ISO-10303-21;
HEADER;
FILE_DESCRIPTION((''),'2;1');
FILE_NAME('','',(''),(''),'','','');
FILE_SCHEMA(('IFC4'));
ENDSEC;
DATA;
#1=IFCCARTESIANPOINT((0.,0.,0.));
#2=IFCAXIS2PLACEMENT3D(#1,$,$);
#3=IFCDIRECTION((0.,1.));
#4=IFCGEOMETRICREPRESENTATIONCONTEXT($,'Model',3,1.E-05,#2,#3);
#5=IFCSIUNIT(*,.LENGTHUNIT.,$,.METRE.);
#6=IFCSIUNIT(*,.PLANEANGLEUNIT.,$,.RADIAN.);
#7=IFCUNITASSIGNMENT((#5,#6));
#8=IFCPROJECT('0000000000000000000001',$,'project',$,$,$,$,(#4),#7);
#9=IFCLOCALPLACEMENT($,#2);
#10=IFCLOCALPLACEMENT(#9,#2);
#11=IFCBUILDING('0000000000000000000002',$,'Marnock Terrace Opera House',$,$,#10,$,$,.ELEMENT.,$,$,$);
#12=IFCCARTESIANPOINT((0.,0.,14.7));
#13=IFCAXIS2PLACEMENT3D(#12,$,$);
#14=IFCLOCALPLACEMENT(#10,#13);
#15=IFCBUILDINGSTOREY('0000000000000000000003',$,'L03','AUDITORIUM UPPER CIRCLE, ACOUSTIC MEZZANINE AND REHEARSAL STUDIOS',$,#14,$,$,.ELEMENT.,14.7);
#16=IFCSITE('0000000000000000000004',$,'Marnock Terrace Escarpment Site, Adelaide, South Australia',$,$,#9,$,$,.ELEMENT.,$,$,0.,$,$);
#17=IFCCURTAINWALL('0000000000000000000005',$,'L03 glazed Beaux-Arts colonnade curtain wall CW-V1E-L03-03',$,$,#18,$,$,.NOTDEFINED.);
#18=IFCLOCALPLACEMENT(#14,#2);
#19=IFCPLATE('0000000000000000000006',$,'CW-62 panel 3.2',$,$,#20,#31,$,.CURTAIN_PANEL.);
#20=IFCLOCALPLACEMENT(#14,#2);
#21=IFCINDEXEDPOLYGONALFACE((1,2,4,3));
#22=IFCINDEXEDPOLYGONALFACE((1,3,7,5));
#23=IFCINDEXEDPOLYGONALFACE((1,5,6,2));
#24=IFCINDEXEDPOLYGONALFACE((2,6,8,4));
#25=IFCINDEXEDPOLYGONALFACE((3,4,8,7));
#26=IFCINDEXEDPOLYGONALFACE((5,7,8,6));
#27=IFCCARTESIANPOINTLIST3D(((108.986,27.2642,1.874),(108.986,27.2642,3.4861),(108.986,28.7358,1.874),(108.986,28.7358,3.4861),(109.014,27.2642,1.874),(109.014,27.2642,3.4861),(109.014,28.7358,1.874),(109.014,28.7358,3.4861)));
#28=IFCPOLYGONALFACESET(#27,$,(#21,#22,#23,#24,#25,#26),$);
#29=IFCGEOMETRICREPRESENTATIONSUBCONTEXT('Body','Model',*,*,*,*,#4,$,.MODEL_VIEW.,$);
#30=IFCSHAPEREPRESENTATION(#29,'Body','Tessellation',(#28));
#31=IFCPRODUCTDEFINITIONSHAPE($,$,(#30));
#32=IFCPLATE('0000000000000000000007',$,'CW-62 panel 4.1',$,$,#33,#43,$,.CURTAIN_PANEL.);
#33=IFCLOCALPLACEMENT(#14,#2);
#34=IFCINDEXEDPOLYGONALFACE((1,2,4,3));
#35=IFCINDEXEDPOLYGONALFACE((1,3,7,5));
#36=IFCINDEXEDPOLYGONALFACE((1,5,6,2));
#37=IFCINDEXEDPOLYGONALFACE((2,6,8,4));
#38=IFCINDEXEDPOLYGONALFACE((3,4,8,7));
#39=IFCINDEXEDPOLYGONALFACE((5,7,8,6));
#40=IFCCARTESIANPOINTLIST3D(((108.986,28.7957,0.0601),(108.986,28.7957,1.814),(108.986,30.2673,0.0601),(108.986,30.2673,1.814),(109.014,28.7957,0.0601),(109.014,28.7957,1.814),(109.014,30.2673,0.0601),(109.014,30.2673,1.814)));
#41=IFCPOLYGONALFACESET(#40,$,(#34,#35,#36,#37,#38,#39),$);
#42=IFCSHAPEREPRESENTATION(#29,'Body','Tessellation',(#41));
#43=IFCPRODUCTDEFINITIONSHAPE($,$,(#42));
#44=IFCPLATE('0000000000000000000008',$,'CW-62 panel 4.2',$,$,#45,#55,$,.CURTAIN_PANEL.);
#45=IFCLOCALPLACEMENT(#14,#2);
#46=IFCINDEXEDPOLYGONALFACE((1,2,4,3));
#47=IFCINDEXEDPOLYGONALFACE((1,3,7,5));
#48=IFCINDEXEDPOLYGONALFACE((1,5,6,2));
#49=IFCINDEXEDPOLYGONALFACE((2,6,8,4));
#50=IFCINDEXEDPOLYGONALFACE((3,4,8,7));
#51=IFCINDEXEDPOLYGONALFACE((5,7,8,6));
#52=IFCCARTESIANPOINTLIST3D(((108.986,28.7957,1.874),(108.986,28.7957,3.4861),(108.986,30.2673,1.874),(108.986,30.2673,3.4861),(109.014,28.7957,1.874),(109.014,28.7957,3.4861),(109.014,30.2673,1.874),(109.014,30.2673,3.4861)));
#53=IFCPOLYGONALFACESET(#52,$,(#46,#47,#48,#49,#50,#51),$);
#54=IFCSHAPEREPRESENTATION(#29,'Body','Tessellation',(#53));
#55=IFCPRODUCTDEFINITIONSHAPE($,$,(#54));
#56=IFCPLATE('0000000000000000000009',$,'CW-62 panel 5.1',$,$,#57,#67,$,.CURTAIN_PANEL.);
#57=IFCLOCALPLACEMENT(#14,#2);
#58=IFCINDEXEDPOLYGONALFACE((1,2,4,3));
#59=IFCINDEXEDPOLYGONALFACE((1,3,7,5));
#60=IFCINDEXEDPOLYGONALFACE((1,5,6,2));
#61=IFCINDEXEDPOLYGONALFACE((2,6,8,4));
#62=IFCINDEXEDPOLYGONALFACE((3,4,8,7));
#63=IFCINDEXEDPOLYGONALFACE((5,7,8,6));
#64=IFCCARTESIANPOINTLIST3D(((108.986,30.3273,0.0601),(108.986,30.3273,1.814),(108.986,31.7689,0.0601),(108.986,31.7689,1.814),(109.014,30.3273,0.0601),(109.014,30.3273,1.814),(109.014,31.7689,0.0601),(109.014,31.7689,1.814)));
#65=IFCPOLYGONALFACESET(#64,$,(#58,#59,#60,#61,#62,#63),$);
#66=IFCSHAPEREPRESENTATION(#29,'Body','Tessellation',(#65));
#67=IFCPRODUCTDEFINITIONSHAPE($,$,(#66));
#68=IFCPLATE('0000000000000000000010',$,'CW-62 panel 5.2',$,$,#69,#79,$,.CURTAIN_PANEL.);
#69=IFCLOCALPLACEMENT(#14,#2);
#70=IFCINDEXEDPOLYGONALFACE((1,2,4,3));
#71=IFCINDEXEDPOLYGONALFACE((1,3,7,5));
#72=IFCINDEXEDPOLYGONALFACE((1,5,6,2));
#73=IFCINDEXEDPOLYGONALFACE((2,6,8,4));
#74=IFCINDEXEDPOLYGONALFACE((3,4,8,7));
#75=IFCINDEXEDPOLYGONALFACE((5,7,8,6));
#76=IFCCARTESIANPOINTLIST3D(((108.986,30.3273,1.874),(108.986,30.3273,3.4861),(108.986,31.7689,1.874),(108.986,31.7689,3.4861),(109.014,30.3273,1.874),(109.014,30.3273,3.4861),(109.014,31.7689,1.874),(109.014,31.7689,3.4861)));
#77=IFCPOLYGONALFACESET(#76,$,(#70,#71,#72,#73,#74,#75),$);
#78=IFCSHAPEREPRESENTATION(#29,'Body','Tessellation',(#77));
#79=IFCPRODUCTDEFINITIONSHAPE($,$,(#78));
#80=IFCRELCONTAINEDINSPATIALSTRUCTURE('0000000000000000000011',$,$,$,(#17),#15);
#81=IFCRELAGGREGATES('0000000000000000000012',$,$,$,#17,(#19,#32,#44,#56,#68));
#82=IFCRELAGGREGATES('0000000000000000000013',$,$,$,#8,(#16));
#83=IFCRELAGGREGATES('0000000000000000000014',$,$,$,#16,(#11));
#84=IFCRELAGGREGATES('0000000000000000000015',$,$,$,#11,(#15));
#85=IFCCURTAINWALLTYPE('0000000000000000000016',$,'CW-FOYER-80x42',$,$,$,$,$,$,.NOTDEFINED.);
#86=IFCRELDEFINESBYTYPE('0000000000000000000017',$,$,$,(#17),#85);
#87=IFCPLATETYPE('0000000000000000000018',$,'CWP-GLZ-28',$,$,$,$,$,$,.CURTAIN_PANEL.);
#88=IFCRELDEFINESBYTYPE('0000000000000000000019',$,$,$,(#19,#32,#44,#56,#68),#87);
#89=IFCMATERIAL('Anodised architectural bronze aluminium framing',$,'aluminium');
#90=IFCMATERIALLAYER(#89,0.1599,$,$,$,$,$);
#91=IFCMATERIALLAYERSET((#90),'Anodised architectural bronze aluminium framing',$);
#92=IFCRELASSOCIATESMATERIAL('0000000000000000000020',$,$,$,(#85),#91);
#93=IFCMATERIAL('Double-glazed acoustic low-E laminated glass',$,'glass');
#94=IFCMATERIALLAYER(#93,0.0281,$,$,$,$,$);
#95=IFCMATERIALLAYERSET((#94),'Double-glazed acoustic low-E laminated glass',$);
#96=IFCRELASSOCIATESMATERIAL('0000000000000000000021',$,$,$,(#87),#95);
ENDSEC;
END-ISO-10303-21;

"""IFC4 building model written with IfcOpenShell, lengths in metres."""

from ifc_helpers import new_model, si_unit, direction, frame, origin, origin_2d, place, context, subcontext, project, spatial, rectangle, extrude, material, layer, layer_set, type_object, element, aggregate, save


model = new_model("IFC4")

# Units and contexts
model_context = context("Model", 3, precision=1e-05, world=origin(), true_north=direction((0.0, 1.0)))
body_context = subcontext(model_context, "Body", "Model", "MODEL_VIEW")
ifc_project = project(units=[si_unit("LENGTHUNIT", "METRE"), si_unit("PLANEANGLEUNIT", "RADIAN")], contexts=[model_context])

# Site, building, storey
site_placement = place(None, origin())
site = spatial("IfcSite", under=ifc_project, at=site_placement, Name="Marnock Terrace Escarpment Site, Adelaide, South Australia", CompositionType="ELEMENT", RefElevation=0.0)
building_placement = place(site_placement, origin())
building = spatial("IfcBuilding", under=site, at=building_placement, Name="Marnock Terrace Opera House", CompositionType="ELEMENT")
storey_placement = place(building_placement, frame((0.0, 0.0, 14.7)))
storey = spatial("IfcBuildingStorey", under=building, at=storey_placement, Name="L03", Description="AUDITORIUM UPPER CIRCLE, ACOUSTIC MEZZANINE AND REHEARSAL STUDIOS", CompositionType="ELEMENT", Elevation=14.7)

# Curtain wall, plates
ifc_material_1 = material(Name="Anodised architectural bronze aluminium framing", Category="aluminium")
ifc_layer_1 = layer(ifc_material_1, 0.1599)
ifc_layer_set_1 = layer_set([ifc_layer_1], Name="Anodised architectural bronze aluminium framing")
curtain_wall_type = type_object("IfcCurtainWallType", Name="CW-FOYER-80x42", PredefinedType="NOTDEFINED", material=ifc_layer_set_1)
curtain_wall_placement = place(storey_placement, origin())
curtain_wall = element("IfcCurtainWall", 1, at=curtain_wall_placement, inside=storey, type_object=curtain_wall_type, Name="L03 glazed Beaux-Arts colonnade curtain wall CW-V1E-L03-03", PredefinedType="NOTDEFINED")
ifc_material_2 = material(Name="Double-glazed acoustic low-E laminated glass", Category="glass")
ifc_layer_2 = layer(ifc_material_2, 0.0281)
ifc_layer_set_2 = layer_set([ifc_layer_2], Name="Double-glazed acoustic low-E laminated glass")
plate_type = type_object("IfcPlateType", Name="CWP-GLZ-28", PredefinedType="CURTAIN_PANEL", material=ifc_layer_set_2)
plate_1_placement = place(storey_placement, frame((109.0, 28.0, 1.874), z_axis=(0.0, 0.0, 1.0), x_axis=(0.0, 1.0, 0.0)))
plate_1 = element("IfcPlate", 2, at=plate_1_placement, type_object=plate_type, Name="CW-62 panel 3.2", PredefinedType="CURTAIN_PANEL", context=body_context, shape_type="SweptSolid", body=[
    extrude(rectangle(XDim=1.4717, YDim=0.0281, at=origin_2d()), origin(), (0.0, 0.0, 1.0), 1.6121),
])
plate_2_placement = place(storey_placement, frame((109.0, 29.5315, 0.0601), z_axis=(0.0, 0.0, 1.0), x_axis=(0.0, 1.0, 0.0)))
plate_2 = element("IfcPlate", 3, at=plate_2_placement, type_object=plate_type, Name="CW-62 panel 4.1", PredefinedType="CURTAIN_PANEL", context=body_context, shape_type="SweptSolid", body=[
    extrude(rectangle(XDim=1.4717, YDim=0.0281, at=origin_2d()), origin(), (0.0, 0.0, 1.0), 1.7539),
])
plate_3_placement = place(storey_placement, frame((109.0, 29.5315, 1.874), z_axis=(0.0, 0.0, 1.0), x_axis=(0.0, 1.0, 0.0)))
plate_3 = element("IfcPlate", 4, at=plate_3_placement, type_object=plate_type, Name="CW-62 panel 4.2", PredefinedType="CURTAIN_PANEL", context=body_context, shape_type="SweptSolid", body=[
    extrude(rectangle(XDim=1.4717, YDim=0.0281, at=origin_2d()), origin(), (0.0, 0.0, 1.0), 1.6121),
])
plate_4_placement = place(storey_placement, frame((109.0, 31.0481, 0.0601), z_axis=(0.0, 0.0, 1.0), x_axis=(0.0, 1.0, 0.0)))
plate_4 = element("IfcPlate", 5, at=plate_4_placement, type_object=plate_type, Name="CW-62 panel 5.1", PredefinedType="CURTAIN_PANEL", context=body_context, shape_type="SweptSolid", body=[
    extrude(rectangle(XDim=1.4417, YDim=0.0281, at=origin_2d()), origin(), (0.0, 0.0, 1.0), 1.7539),
])
plate_5_placement = place(storey_placement, frame((109.0, 31.0481, 1.874), z_axis=(0.0, 0.0, 1.0), x_axis=(0.0, 1.0, 0.0)))
plate_5 = element("IfcPlate", 6, at=plate_5_placement, type_object=plate_type, Name="CW-62 panel 5.2", PredefinedType="CURTAIN_PANEL", context=body_context, shape_type="SweptSolid", body=[
    extrude(rectangle(XDim=1.4417, YDim=0.0281, at=origin_2d()), origin(), (0.0, 0.0, 1.0), 1.6121),
])
aggregate(curtain_wall, [plate_1, plate_2, plate_3, plate_4, plate_5])

save(model, "model.ifc")
